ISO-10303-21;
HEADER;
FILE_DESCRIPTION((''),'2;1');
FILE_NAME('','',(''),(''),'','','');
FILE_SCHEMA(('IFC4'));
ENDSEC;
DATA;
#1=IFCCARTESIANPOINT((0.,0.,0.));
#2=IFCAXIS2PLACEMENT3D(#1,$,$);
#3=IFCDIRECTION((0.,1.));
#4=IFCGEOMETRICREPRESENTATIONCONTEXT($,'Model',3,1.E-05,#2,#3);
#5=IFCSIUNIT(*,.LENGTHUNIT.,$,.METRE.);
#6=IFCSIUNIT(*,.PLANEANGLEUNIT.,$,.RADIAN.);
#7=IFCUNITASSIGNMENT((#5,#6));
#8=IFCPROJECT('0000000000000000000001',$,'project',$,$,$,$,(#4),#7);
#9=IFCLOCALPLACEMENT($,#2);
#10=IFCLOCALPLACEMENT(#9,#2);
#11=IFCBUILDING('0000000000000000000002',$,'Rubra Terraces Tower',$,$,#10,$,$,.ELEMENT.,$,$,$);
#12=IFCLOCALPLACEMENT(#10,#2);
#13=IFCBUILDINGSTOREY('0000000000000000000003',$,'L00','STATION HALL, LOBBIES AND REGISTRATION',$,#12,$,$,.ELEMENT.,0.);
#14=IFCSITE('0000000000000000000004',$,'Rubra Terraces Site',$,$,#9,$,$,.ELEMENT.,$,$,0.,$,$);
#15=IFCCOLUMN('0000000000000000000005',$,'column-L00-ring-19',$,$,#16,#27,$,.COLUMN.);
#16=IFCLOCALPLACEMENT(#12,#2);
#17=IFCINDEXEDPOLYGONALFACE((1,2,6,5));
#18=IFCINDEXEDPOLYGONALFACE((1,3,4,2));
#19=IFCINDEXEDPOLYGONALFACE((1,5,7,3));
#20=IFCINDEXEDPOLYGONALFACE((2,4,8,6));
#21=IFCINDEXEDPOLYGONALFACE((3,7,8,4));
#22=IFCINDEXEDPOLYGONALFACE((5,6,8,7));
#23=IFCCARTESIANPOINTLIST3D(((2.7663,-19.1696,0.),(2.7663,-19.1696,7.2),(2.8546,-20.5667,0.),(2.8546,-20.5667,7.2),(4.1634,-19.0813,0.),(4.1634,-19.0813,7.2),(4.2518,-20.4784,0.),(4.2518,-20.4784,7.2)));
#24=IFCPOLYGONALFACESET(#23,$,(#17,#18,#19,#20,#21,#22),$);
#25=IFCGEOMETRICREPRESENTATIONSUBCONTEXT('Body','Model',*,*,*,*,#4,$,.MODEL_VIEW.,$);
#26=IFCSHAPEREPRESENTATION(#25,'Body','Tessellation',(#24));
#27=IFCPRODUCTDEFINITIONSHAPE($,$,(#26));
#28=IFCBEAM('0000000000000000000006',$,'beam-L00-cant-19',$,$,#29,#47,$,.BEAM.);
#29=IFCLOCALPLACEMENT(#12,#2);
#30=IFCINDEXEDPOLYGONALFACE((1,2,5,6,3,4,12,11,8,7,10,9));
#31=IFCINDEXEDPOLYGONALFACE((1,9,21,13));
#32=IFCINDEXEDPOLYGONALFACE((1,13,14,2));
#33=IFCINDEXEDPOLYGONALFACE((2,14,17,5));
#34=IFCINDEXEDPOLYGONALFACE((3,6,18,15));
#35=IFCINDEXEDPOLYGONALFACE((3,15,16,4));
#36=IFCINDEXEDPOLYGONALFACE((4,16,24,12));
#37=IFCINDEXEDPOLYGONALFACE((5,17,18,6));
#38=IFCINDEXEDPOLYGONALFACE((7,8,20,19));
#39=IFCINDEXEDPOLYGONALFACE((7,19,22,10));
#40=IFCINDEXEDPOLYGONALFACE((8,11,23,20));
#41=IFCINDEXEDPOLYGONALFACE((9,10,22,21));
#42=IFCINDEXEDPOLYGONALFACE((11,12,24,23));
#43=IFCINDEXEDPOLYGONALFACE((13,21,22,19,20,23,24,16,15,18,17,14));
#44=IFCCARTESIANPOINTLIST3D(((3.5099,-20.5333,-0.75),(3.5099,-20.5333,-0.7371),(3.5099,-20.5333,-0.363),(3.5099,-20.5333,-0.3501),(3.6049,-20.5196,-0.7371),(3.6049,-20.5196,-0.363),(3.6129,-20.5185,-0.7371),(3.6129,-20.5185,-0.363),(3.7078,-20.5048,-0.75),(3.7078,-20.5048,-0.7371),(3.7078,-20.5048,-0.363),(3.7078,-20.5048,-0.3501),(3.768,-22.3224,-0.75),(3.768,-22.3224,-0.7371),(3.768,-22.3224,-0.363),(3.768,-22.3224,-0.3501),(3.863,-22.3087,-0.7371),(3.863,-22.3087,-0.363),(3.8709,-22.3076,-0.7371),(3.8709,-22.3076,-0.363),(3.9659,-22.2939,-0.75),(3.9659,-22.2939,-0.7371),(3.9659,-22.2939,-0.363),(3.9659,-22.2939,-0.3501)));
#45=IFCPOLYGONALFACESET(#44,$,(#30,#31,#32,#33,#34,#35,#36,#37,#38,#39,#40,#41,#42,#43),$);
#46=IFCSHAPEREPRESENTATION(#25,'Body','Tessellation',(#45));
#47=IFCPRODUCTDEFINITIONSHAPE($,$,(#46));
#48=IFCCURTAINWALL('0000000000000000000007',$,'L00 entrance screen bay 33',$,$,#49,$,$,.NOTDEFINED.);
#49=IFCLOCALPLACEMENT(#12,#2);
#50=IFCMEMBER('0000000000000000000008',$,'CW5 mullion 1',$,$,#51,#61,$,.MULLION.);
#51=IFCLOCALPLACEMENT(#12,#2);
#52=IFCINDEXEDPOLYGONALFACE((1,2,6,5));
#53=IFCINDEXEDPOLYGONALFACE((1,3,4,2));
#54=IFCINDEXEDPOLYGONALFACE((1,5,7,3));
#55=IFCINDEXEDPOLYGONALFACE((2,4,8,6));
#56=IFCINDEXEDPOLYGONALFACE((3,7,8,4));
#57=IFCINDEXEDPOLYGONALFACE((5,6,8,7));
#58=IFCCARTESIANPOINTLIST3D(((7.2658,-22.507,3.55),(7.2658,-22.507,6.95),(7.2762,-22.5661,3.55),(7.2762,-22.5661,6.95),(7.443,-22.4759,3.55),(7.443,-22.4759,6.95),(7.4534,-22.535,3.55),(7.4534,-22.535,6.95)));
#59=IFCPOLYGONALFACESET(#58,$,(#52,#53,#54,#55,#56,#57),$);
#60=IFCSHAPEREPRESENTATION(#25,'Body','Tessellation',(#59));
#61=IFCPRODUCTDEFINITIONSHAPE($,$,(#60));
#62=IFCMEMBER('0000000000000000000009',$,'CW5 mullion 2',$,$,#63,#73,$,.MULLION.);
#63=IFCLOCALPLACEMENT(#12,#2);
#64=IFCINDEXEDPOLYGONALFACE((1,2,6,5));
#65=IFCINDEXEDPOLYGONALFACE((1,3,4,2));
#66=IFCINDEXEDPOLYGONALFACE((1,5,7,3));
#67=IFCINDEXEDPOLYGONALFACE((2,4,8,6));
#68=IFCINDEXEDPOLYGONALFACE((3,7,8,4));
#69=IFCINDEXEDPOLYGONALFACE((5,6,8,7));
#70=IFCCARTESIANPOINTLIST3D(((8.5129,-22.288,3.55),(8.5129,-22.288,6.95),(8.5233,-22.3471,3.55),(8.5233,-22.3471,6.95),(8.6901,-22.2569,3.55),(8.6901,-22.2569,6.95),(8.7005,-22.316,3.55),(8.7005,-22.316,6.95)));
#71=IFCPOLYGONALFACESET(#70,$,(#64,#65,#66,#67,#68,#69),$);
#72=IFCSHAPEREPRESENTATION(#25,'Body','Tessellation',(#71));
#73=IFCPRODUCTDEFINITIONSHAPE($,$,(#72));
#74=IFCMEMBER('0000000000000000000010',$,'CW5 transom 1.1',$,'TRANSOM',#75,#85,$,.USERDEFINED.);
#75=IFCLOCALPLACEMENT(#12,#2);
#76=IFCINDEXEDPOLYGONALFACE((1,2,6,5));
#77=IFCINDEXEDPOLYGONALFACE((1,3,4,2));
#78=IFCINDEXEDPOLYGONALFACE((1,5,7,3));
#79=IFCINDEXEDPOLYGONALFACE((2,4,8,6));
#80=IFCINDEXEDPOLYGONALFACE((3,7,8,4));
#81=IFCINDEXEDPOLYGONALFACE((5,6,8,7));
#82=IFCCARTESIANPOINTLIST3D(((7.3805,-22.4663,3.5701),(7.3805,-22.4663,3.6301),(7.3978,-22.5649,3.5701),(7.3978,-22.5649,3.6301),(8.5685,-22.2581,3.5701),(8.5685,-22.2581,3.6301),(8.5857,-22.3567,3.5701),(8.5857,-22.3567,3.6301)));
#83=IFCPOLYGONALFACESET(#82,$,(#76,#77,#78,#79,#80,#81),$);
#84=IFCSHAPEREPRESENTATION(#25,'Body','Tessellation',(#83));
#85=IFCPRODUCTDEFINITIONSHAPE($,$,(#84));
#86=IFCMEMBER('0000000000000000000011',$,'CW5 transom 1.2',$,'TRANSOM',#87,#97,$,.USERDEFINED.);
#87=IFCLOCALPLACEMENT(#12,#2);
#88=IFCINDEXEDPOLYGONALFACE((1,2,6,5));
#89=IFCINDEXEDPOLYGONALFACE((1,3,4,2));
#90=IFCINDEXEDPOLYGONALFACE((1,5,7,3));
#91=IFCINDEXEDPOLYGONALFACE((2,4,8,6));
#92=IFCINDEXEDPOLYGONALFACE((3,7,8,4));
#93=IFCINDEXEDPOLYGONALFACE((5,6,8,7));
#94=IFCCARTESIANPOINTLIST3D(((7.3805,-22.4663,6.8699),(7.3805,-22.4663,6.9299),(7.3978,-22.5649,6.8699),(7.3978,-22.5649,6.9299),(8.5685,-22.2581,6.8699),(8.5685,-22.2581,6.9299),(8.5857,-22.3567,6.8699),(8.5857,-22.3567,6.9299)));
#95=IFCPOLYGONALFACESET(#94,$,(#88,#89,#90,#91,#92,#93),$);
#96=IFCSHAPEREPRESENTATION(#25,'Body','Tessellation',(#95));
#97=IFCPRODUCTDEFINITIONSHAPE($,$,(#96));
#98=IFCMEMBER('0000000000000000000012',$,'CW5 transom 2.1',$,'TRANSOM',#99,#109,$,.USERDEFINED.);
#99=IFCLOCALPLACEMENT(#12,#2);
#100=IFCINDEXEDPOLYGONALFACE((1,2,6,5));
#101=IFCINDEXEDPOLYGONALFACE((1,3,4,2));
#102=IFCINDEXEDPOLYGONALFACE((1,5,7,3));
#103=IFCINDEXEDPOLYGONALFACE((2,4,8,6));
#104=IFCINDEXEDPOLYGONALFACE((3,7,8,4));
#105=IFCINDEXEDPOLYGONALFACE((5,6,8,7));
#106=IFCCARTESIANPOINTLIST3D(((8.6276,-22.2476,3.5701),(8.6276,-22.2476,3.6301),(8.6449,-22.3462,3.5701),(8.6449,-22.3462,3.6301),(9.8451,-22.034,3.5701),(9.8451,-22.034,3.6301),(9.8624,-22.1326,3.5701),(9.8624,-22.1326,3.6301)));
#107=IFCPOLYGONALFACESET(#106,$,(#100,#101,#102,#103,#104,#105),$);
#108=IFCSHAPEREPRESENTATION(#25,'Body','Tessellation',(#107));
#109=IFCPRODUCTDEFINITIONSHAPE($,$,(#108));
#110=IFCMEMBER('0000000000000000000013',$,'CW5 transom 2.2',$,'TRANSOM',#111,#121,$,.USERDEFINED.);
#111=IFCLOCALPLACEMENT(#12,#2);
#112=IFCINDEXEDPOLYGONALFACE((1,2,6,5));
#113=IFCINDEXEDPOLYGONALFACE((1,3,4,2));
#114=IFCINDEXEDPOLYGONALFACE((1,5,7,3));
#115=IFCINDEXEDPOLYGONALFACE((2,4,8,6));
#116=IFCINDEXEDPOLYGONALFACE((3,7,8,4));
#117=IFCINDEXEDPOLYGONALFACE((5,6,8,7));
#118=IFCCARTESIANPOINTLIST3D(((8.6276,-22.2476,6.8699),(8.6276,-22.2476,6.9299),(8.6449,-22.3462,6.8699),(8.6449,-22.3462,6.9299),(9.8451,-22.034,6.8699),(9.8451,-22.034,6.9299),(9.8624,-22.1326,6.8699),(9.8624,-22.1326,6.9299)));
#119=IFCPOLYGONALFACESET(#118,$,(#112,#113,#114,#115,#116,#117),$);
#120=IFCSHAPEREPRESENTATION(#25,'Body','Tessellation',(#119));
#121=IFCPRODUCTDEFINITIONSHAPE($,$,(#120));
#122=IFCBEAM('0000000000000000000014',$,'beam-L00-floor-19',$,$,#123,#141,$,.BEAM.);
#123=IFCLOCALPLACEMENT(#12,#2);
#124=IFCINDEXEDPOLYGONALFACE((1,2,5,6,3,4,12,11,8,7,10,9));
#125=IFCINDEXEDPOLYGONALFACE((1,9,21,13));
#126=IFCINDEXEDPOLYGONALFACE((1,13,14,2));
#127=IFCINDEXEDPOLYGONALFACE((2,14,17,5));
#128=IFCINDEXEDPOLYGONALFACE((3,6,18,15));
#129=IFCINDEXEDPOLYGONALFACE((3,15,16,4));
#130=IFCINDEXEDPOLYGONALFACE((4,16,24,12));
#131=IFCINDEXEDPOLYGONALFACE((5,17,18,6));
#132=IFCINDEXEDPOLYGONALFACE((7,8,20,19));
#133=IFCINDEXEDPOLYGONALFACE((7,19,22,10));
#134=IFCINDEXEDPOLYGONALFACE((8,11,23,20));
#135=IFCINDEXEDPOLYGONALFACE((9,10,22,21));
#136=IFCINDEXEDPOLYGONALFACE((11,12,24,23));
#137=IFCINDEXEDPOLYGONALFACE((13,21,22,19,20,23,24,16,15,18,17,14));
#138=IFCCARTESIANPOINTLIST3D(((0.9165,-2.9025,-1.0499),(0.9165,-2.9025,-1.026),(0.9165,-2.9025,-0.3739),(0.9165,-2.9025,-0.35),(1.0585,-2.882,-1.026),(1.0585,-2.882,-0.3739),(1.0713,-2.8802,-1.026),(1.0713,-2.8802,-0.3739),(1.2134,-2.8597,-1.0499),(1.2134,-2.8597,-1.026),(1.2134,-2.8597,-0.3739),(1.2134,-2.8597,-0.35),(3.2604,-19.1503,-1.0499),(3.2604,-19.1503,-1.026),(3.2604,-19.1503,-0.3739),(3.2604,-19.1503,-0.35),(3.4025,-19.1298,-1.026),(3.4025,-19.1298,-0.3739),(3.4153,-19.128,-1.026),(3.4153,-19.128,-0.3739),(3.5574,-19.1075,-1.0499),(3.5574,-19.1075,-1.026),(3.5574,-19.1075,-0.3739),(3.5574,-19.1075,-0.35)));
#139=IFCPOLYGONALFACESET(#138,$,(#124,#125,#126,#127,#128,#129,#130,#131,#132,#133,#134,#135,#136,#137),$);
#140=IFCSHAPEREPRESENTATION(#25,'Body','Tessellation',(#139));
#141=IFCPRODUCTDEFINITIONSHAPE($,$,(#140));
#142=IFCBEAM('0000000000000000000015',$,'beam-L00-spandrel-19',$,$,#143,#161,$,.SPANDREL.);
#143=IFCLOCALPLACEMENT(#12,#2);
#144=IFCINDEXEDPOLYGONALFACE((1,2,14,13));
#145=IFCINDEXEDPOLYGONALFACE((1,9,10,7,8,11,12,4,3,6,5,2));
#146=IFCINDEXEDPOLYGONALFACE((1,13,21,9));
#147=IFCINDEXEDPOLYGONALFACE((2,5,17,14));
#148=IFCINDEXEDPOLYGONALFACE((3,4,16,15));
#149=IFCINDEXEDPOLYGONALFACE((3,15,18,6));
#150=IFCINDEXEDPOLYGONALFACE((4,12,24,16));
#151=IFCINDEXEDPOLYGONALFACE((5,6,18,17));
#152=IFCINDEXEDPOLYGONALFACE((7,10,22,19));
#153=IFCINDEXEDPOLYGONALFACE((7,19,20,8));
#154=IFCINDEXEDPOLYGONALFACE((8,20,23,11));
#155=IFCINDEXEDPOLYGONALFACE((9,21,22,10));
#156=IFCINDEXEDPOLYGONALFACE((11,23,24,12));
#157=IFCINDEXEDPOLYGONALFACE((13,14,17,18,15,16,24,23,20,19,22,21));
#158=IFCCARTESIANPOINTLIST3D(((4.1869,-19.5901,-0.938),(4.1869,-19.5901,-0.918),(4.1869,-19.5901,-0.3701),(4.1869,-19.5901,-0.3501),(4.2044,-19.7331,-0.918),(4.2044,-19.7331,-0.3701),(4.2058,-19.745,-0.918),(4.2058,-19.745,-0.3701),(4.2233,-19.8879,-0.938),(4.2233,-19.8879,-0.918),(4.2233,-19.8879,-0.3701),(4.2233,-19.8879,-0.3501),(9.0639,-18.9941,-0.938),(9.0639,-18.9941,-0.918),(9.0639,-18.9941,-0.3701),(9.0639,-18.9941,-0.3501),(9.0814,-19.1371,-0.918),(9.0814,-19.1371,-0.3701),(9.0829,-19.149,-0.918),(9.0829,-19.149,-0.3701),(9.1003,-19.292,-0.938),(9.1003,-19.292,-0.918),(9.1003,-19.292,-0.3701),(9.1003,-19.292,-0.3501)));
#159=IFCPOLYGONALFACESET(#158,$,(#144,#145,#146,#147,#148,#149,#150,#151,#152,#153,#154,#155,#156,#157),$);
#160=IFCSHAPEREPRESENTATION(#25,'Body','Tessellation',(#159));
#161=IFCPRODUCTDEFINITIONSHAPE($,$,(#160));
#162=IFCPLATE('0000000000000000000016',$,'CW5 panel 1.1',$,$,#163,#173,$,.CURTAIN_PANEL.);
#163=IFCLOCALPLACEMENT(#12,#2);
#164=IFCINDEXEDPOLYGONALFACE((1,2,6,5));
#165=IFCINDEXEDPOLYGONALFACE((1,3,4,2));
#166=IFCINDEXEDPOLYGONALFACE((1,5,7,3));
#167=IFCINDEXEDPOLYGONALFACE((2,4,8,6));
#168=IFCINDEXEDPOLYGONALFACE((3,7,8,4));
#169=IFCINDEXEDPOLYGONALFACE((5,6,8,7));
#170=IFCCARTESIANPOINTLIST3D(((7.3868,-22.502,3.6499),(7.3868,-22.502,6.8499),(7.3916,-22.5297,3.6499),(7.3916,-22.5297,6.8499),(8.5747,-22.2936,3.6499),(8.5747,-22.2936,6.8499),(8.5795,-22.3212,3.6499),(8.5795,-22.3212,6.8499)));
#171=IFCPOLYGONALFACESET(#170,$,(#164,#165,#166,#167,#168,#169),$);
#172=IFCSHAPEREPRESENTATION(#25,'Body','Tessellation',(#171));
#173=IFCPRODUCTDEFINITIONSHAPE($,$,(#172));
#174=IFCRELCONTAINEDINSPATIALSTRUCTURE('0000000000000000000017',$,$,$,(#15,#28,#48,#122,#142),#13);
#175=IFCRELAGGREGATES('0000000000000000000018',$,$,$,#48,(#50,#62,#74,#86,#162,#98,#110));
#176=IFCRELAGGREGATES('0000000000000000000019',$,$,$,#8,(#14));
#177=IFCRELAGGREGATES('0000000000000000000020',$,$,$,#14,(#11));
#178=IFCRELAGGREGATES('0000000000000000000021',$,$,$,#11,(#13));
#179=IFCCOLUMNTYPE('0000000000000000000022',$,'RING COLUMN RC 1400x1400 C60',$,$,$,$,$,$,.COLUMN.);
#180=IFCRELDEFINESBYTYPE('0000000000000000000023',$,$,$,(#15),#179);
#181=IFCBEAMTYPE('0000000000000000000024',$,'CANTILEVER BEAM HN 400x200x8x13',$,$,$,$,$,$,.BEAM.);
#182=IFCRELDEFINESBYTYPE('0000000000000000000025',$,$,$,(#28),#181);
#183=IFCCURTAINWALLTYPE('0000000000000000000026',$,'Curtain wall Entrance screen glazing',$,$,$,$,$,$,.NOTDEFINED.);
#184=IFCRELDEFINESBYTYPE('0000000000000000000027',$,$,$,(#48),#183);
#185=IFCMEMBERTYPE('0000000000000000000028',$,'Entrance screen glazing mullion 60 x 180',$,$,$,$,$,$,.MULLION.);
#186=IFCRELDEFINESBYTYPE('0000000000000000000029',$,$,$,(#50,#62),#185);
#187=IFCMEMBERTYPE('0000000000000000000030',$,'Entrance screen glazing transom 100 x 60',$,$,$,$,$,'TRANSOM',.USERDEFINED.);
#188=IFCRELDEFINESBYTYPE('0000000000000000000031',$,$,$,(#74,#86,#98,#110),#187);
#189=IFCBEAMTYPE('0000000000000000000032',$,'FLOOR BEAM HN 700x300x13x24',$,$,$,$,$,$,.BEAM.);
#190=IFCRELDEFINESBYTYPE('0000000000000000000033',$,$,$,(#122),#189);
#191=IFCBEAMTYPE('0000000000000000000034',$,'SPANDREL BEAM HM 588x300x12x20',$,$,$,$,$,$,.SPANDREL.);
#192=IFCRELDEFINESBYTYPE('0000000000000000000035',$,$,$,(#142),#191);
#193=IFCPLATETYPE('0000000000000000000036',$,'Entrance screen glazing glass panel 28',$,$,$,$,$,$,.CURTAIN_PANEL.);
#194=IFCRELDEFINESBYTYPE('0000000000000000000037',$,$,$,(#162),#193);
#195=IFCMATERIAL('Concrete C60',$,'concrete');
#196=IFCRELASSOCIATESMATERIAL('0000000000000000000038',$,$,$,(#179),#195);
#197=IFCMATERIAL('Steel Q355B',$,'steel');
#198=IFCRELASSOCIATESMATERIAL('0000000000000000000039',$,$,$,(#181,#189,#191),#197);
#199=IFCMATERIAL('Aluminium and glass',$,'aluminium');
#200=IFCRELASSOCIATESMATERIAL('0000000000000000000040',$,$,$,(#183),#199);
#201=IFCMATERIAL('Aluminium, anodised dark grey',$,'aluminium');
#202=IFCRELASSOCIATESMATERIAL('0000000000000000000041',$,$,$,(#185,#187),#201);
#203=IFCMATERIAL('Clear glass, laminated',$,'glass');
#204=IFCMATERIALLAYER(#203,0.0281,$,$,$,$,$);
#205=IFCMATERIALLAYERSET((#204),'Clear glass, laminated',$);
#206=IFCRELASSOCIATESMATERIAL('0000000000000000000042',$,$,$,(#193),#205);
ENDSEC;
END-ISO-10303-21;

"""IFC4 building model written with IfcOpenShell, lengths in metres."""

from ifc_helpers import new_model, si_unit, direction, frame, origin, origin_2d, place, context, subcontext, project, spatial, rectangle, i_section, extrude, material, layer, layer_set, material_profile, profile_set, type_object, element, aggregate, save


model = new_model("IFC4")

# Units and contexts
model_context = context("Model", 3, precision=1e-05, world=origin(), true_north=direction((0.0, 1.0)))
body_context = subcontext(model_context, "Body", "Model", "MODEL_VIEW")
ifc_project = project(units=[si_unit("LENGTHUNIT", "METRE"), si_unit("PLANEANGLEUNIT", "RADIAN")], contexts=[model_context])

# Site, building, storey
site_placement = place(None, origin())
site = spatial("IfcSite", under=ifc_project, at=site_placement, Name="Rubra Terraces Site", CompositionType="ELEMENT", RefElevation=0.0)
building_placement = place(site_placement, origin())
building = spatial("IfcBuilding", under=site, at=building_placement, Name="Rubra Terraces Tower", CompositionType="ELEMENT")
storey_placement = place(building_placement, origin())
storey = spatial("IfcBuildingStorey", under=building, at=storey_placement, Name="L00", Description="STATION HALL, LOBBIES AND REGISTRATION", CompositionType="ELEMENT", Elevation=0.0)

# Column
ifc_material_1 = material(Name="Concrete C60", Category="concrete")
ifc_material_profile_1 = material_profile(ifc_material_1, rectangle(XDim=1.3999, YDim=1.3999, at=origin_2d()), Name="RC 1400x1400")
ifc_profile_set_1 = profile_set([ifc_material_profile_1], Name="Concrete C60")
column_type = type_object("IfcColumnType", Name="RING COLUMN RC 1400x1400 C60", PredefinedType="COLUMN", material=ifc_profile_set_1)
column_placement = place(storey_placement, frame((3.509, -19.824, 0.0), z_axis=(0.0, 0.0, 1.0), x_axis=(0.998008, 0.063094, 0.0)))
element("IfcColumn", 1, at=column_placement, inside=storey, type_object=column_type, Name="column-L00-ring-19", PredefinedType="COLUMN", context=body_context, shape_type="SweptSolid", body=[
    extrude(rectangle(XDim=1.3999, YDim=1.3999, at=origin_2d()), origin(), (0.0, 0.0, 1.0), 7.2),
])

# Beam
ifc_material_2 = material(Name="Steel Q355B", Category="steel")
ifc_material_profile_2 = material_profile(ifc_material_2, i_section(OverallWidth=0.2, OverallDepth=0.3999, WebThickness=0.0081, FlangeThickness=0.0129, at=origin_2d()), Name="HN 400x200x8x13")
ifc_profile_set_2 = profile_set([ifc_material_profile_2], Name="Steel Q355B")
beam_type_1 = type_object("IfcBeamType", Name="CANTILEVER BEAM HN 400x200x8x13", PredefinedType="BEAM", material=ifc_profile_set_2)
beam_1_placement = place(storey_placement, frame((3.6089, -20.519, -0.55), z_axis=(0.142764, -0.989757, 0.0), x_axis=(0.989757, 0.142764, 0.0)))
element("IfcBeam", 2, at=beam_1_placement, inside=storey, type_object=beam_type_1, Name="beam-L00-cant-19", PredefinedType="BEAM", context=body_context, shape_type="SweptSolid", body=[
    extrude(i_section(OverallWidth=0.2, OverallDepth=0.3999, WebThickness=0.0081, FlangeThickness=0.0129, at=origin_2d()), origin(), (0.0, 0.0, 1.0), 1.8076),
])

# Curtain wall, members
ifc_material_3 = material(Name="Aluminium and glass", Category="aluminium")
curtain_wall_type = type_object("IfcCurtainWallType", Name="Curtain wall Entrance screen glazing", PredefinedType="NOTDEFINED", material=ifc_material_3)
curtain_wall_placement = place(storey_placement, origin())
curtain_wall = element("IfcCurtainWall", 3, at=curtain_wall_placement, inside=storey, type_object=curtain_wall_type, Name="L00 entrance screen bay 33", PredefinedType="NOTDEFINED")
ifc_material_4 = material(Name="Aluminium, anodised dark grey", Category="aluminium")
ifc_material_profile_3 = material_profile(ifc_material_4, rectangle(XDim=0.0601, YDim=0.1799, at=origin_2d()), Name="AL 60x180")
ifc_profile_set_3 = profile_set([ifc_material_profile_3], Name="Aluminium, anodised dark grey")
member_type_1 = type_object("IfcMemberType", Name="Entrance screen glazing mullion 60 x 180", PredefinedType="MULLION", material=ifc_profile_set_3)
member_1_placement = place(storey_placement, frame((7.3596, -22.521, 3.55), z_axis=(0.0, 0.0, 1.0), x_axis=(-0.172817, 0.984954, 0.0)))
member_1 = element("IfcMember", 4, at=member_1_placement, type_object=member_type_1, Name="CW5 mullion 1", PredefinedType="MULLION", context=body_context, shape_type="SweptSolid", body=[
    extrude(rectangle(XDim=0.0601, YDim=0.1799, at=origin_2d()), origin(), (0.0, 0.0, 1.0), 3.3999),
])
member_2_placement = place(storey_placement, frame((8.6067, -22.302, 3.55), z_axis=(0.0, 0.0, 1.0), x_axis=(-0.172817, 0.984954, 0.0)))
member_2 = element("IfcMember", 5, at=member_2_placement, type_object=member_type_1, Name="CW5 mullion 2", PredefinedType="MULLION", context=body_context, shape_type="SweptSolid", body=[
    extrude(rectangle(XDim=0.0601, YDim=0.1799, at=origin_2d()), origin(), (0.0, 0.0, 1.0), 3.3999),
])
ifc_material_profile_4 = material_profile(ifc_material_4, rectangle(XDim=0.1001, YDim=0.0601, at=origin_2d()), Name="AL 100x60")
ifc_profile_set_4 = profile_set([ifc_material_profile_4], Name="Aluminium, anodised dark grey")
member_type_2 = type_object("IfcMemberType", Name="Entrance screen glazing transom 100 x 60", ElementType="TRANSOM", PredefinedType="USERDEFINED", material=ifc_profile_set_4)
member_3_placement = place(storey_placement, frame((7.3892, -22.5156, 3.6001), z_axis=(0.984981, 0.172665, 0.0), x_axis=(-0.172665, 0.984981, 0.0)))
member_3 = element("IfcMember", 6, at=member_3_placement, type_object=member_type_2, Name="CW5 transom 1.1", ObjectType="TRANSOM", PredefinedType="USERDEFINED", context=body_context, shape_type="SweptSolid", body=[
    extrude(rectangle(XDim=0.1001, YDim=0.0601, at=origin_2d()), origin(), (0.0, 0.0, 1.0), 1.2061),
])
member_4_placement = place(storey_placement, frame((7.3892, -22.5156, 6.8999), z_axis=(0.984981, 0.172665, 0.0), x_axis=(-0.172665, 0.984981, 0.0)))
member_4 = element("IfcMember", 7, at=member_4_placement, type_object=member_type_2, Name="CW5 transom 1.2", ObjectType="TRANSOM", PredefinedType="USERDEFINED", context=body_context, shape_type="SweptSolid", body=[
    extrude(rectangle(XDim=0.1001, YDim=0.0601, at=origin_2d()), origin(), (0.0, 0.0, 1.0), 1.2061),
])
member_5_placement = place(storey_placement, frame((8.6362, -22.2969, 3.6001), z_axis=(0.984954, 0.172816, 0.0), x_axis=(-0.172816, 0.984954, 0.0)))
member_5 = element("IfcMember", 8, at=member_5_placement, type_object=member_type_2, Name="CW5 transom 2.1", ObjectType="TRANSOM", PredefinedType="USERDEFINED", context=body_context, shape_type="SweptSolid", body=[
    extrude(rectangle(XDim=0.1001, YDim=0.0601, at=origin_2d()), origin(), (0.0, 0.0, 1.0), 1.2361),
])
member_6_placement = place(storey_placement, frame((8.6362, -22.2969, 6.8999), z_axis=(0.984954, 0.172816, 0.0), x_axis=(-0.172816, 0.984954, 0.0)))
member_6 = element("IfcMember", 9, at=member_6_placement, type_object=member_type_2, Name="CW5 transom 2.2", ObjectType="TRANSOM", PredefinedType="USERDEFINED", context=body_context, shape_type="SweptSolid", body=[
    extrude(rectangle(XDim=0.1001, YDim=0.0601, at=origin_2d()), origin(), (0.0, 0.0, 1.0), 1.2361),
])

# Beams
ifc_material_profile_5 = material_profile(ifc_material_2, i_section(OverallWidth=0.3, OverallDepth=0.7, WebThickness=0.0129, FlangeThickness=0.0239, at=origin_2d()), Name="HN 700x300x13x24")
ifc_profile_set_5 = profile_set([ifc_material_profile_5], Name="Steel Q355B")
beam_type_2 = type_object("IfcBeamType", Name="FLOOR BEAM HN 700x300x13x24", PredefinedType="BEAM", material=ifc_profile_set_5)
beam_2_placement = place(storey_placement, frame((3.4089, -19.1289, -0.7), z_axis=(-0.142787, 0.989753, 0.0), x_axis=(-0.989753, -0.142787, 0.0)))
element("IfcBeam", 10, at=beam_2_placement, inside=storey, type_object=beam_type_2, Name="beam-L00-floor-19", PredefinedType="BEAM", context=body_context, shape_type="SweptSolid", body=[
    extrude(i_section(OverallWidth=0.3, OverallDepth=0.7, WebThickness=0.0129, FlangeThickness=0.0239, at=origin_2d()), origin(), (0.0, 0.0, 1.0), 16.416),
])
ifc_material_profile_6 = material_profile(ifc_material_2, i_section(OverallWidth=0.3, OverallDepth=0.5879, WebThickness=0.012, FlangeThickness=0.02, at=origin_2d()), Name="HM 588x300x12x20")
ifc_profile_set_6 = profile_set([ifc_material_profile_6], Name="Steel Q355B")
beam_type_3 = type_object("IfcBeamType", Name="SPANDREL BEAM HM 588x300x12x20", PredefinedType="SPANDREL", material=ifc_profile_set_6)
beam_3_placement = place(storey_placement, frame((4.2051, -19.739, -0.644), z_axis=(0.992617, 0.121294, 0.0), x_axis=(-0.121294, 0.992617, 0.0)))
element("IfcBeam", 11, at=beam_3_placement, inside=storey, type_object=beam_type_3, Name="beam-L00-spandrel-19", PredefinedType="SPANDREL", context=body_context, shape_type="SweptSolid", body=[
    extrude(i_section(OverallWidth=0.3, OverallDepth=0.5879, WebThickness=0.012, FlangeThickness=0.02, at=origin_2d()), origin(), (0.0, 0.0, 1.0), 4.9133),
])

# Plate
ifc_material_5 = material(Name="Clear glass, laminated", Category="glass")
ifc_layer_1 = layer(ifc_material_5, 0.0281)
ifc_layer_set_1 = layer_set([ifc_layer_1], Name="Clear glass, laminated")
plate_type = type_object("IfcPlateType", Name="Entrance screen glazing glass panel 28", PredefinedType="CURTAIN_PANEL", material=ifc_layer_set_1)
plate_placement = place(storey_placement, frame((7.9832, -22.4116, 3.6499), z_axis=(0.0, 0.0, 1.0), x_axis=(0.984954, 0.172817, 0.0)))
plate = element("IfcPlate", 12, at=plate_placement, type_object=plate_type, Name="CW5 panel 1.1", PredefinedType="CURTAIN_PANEL", context=body_context, shape_type="SweptSolid", body=[
    extrude(rectangle(XDim=1.2061, YDim=0.0281, at=origin_2d()), origin(), (0.0, 0.0, 1.0), 3.2),
])
aggregate(curtain_wall, [member_1, member_2, member_3, member_4, plate, member_5, member_6])

save(model, "model.ifc")
